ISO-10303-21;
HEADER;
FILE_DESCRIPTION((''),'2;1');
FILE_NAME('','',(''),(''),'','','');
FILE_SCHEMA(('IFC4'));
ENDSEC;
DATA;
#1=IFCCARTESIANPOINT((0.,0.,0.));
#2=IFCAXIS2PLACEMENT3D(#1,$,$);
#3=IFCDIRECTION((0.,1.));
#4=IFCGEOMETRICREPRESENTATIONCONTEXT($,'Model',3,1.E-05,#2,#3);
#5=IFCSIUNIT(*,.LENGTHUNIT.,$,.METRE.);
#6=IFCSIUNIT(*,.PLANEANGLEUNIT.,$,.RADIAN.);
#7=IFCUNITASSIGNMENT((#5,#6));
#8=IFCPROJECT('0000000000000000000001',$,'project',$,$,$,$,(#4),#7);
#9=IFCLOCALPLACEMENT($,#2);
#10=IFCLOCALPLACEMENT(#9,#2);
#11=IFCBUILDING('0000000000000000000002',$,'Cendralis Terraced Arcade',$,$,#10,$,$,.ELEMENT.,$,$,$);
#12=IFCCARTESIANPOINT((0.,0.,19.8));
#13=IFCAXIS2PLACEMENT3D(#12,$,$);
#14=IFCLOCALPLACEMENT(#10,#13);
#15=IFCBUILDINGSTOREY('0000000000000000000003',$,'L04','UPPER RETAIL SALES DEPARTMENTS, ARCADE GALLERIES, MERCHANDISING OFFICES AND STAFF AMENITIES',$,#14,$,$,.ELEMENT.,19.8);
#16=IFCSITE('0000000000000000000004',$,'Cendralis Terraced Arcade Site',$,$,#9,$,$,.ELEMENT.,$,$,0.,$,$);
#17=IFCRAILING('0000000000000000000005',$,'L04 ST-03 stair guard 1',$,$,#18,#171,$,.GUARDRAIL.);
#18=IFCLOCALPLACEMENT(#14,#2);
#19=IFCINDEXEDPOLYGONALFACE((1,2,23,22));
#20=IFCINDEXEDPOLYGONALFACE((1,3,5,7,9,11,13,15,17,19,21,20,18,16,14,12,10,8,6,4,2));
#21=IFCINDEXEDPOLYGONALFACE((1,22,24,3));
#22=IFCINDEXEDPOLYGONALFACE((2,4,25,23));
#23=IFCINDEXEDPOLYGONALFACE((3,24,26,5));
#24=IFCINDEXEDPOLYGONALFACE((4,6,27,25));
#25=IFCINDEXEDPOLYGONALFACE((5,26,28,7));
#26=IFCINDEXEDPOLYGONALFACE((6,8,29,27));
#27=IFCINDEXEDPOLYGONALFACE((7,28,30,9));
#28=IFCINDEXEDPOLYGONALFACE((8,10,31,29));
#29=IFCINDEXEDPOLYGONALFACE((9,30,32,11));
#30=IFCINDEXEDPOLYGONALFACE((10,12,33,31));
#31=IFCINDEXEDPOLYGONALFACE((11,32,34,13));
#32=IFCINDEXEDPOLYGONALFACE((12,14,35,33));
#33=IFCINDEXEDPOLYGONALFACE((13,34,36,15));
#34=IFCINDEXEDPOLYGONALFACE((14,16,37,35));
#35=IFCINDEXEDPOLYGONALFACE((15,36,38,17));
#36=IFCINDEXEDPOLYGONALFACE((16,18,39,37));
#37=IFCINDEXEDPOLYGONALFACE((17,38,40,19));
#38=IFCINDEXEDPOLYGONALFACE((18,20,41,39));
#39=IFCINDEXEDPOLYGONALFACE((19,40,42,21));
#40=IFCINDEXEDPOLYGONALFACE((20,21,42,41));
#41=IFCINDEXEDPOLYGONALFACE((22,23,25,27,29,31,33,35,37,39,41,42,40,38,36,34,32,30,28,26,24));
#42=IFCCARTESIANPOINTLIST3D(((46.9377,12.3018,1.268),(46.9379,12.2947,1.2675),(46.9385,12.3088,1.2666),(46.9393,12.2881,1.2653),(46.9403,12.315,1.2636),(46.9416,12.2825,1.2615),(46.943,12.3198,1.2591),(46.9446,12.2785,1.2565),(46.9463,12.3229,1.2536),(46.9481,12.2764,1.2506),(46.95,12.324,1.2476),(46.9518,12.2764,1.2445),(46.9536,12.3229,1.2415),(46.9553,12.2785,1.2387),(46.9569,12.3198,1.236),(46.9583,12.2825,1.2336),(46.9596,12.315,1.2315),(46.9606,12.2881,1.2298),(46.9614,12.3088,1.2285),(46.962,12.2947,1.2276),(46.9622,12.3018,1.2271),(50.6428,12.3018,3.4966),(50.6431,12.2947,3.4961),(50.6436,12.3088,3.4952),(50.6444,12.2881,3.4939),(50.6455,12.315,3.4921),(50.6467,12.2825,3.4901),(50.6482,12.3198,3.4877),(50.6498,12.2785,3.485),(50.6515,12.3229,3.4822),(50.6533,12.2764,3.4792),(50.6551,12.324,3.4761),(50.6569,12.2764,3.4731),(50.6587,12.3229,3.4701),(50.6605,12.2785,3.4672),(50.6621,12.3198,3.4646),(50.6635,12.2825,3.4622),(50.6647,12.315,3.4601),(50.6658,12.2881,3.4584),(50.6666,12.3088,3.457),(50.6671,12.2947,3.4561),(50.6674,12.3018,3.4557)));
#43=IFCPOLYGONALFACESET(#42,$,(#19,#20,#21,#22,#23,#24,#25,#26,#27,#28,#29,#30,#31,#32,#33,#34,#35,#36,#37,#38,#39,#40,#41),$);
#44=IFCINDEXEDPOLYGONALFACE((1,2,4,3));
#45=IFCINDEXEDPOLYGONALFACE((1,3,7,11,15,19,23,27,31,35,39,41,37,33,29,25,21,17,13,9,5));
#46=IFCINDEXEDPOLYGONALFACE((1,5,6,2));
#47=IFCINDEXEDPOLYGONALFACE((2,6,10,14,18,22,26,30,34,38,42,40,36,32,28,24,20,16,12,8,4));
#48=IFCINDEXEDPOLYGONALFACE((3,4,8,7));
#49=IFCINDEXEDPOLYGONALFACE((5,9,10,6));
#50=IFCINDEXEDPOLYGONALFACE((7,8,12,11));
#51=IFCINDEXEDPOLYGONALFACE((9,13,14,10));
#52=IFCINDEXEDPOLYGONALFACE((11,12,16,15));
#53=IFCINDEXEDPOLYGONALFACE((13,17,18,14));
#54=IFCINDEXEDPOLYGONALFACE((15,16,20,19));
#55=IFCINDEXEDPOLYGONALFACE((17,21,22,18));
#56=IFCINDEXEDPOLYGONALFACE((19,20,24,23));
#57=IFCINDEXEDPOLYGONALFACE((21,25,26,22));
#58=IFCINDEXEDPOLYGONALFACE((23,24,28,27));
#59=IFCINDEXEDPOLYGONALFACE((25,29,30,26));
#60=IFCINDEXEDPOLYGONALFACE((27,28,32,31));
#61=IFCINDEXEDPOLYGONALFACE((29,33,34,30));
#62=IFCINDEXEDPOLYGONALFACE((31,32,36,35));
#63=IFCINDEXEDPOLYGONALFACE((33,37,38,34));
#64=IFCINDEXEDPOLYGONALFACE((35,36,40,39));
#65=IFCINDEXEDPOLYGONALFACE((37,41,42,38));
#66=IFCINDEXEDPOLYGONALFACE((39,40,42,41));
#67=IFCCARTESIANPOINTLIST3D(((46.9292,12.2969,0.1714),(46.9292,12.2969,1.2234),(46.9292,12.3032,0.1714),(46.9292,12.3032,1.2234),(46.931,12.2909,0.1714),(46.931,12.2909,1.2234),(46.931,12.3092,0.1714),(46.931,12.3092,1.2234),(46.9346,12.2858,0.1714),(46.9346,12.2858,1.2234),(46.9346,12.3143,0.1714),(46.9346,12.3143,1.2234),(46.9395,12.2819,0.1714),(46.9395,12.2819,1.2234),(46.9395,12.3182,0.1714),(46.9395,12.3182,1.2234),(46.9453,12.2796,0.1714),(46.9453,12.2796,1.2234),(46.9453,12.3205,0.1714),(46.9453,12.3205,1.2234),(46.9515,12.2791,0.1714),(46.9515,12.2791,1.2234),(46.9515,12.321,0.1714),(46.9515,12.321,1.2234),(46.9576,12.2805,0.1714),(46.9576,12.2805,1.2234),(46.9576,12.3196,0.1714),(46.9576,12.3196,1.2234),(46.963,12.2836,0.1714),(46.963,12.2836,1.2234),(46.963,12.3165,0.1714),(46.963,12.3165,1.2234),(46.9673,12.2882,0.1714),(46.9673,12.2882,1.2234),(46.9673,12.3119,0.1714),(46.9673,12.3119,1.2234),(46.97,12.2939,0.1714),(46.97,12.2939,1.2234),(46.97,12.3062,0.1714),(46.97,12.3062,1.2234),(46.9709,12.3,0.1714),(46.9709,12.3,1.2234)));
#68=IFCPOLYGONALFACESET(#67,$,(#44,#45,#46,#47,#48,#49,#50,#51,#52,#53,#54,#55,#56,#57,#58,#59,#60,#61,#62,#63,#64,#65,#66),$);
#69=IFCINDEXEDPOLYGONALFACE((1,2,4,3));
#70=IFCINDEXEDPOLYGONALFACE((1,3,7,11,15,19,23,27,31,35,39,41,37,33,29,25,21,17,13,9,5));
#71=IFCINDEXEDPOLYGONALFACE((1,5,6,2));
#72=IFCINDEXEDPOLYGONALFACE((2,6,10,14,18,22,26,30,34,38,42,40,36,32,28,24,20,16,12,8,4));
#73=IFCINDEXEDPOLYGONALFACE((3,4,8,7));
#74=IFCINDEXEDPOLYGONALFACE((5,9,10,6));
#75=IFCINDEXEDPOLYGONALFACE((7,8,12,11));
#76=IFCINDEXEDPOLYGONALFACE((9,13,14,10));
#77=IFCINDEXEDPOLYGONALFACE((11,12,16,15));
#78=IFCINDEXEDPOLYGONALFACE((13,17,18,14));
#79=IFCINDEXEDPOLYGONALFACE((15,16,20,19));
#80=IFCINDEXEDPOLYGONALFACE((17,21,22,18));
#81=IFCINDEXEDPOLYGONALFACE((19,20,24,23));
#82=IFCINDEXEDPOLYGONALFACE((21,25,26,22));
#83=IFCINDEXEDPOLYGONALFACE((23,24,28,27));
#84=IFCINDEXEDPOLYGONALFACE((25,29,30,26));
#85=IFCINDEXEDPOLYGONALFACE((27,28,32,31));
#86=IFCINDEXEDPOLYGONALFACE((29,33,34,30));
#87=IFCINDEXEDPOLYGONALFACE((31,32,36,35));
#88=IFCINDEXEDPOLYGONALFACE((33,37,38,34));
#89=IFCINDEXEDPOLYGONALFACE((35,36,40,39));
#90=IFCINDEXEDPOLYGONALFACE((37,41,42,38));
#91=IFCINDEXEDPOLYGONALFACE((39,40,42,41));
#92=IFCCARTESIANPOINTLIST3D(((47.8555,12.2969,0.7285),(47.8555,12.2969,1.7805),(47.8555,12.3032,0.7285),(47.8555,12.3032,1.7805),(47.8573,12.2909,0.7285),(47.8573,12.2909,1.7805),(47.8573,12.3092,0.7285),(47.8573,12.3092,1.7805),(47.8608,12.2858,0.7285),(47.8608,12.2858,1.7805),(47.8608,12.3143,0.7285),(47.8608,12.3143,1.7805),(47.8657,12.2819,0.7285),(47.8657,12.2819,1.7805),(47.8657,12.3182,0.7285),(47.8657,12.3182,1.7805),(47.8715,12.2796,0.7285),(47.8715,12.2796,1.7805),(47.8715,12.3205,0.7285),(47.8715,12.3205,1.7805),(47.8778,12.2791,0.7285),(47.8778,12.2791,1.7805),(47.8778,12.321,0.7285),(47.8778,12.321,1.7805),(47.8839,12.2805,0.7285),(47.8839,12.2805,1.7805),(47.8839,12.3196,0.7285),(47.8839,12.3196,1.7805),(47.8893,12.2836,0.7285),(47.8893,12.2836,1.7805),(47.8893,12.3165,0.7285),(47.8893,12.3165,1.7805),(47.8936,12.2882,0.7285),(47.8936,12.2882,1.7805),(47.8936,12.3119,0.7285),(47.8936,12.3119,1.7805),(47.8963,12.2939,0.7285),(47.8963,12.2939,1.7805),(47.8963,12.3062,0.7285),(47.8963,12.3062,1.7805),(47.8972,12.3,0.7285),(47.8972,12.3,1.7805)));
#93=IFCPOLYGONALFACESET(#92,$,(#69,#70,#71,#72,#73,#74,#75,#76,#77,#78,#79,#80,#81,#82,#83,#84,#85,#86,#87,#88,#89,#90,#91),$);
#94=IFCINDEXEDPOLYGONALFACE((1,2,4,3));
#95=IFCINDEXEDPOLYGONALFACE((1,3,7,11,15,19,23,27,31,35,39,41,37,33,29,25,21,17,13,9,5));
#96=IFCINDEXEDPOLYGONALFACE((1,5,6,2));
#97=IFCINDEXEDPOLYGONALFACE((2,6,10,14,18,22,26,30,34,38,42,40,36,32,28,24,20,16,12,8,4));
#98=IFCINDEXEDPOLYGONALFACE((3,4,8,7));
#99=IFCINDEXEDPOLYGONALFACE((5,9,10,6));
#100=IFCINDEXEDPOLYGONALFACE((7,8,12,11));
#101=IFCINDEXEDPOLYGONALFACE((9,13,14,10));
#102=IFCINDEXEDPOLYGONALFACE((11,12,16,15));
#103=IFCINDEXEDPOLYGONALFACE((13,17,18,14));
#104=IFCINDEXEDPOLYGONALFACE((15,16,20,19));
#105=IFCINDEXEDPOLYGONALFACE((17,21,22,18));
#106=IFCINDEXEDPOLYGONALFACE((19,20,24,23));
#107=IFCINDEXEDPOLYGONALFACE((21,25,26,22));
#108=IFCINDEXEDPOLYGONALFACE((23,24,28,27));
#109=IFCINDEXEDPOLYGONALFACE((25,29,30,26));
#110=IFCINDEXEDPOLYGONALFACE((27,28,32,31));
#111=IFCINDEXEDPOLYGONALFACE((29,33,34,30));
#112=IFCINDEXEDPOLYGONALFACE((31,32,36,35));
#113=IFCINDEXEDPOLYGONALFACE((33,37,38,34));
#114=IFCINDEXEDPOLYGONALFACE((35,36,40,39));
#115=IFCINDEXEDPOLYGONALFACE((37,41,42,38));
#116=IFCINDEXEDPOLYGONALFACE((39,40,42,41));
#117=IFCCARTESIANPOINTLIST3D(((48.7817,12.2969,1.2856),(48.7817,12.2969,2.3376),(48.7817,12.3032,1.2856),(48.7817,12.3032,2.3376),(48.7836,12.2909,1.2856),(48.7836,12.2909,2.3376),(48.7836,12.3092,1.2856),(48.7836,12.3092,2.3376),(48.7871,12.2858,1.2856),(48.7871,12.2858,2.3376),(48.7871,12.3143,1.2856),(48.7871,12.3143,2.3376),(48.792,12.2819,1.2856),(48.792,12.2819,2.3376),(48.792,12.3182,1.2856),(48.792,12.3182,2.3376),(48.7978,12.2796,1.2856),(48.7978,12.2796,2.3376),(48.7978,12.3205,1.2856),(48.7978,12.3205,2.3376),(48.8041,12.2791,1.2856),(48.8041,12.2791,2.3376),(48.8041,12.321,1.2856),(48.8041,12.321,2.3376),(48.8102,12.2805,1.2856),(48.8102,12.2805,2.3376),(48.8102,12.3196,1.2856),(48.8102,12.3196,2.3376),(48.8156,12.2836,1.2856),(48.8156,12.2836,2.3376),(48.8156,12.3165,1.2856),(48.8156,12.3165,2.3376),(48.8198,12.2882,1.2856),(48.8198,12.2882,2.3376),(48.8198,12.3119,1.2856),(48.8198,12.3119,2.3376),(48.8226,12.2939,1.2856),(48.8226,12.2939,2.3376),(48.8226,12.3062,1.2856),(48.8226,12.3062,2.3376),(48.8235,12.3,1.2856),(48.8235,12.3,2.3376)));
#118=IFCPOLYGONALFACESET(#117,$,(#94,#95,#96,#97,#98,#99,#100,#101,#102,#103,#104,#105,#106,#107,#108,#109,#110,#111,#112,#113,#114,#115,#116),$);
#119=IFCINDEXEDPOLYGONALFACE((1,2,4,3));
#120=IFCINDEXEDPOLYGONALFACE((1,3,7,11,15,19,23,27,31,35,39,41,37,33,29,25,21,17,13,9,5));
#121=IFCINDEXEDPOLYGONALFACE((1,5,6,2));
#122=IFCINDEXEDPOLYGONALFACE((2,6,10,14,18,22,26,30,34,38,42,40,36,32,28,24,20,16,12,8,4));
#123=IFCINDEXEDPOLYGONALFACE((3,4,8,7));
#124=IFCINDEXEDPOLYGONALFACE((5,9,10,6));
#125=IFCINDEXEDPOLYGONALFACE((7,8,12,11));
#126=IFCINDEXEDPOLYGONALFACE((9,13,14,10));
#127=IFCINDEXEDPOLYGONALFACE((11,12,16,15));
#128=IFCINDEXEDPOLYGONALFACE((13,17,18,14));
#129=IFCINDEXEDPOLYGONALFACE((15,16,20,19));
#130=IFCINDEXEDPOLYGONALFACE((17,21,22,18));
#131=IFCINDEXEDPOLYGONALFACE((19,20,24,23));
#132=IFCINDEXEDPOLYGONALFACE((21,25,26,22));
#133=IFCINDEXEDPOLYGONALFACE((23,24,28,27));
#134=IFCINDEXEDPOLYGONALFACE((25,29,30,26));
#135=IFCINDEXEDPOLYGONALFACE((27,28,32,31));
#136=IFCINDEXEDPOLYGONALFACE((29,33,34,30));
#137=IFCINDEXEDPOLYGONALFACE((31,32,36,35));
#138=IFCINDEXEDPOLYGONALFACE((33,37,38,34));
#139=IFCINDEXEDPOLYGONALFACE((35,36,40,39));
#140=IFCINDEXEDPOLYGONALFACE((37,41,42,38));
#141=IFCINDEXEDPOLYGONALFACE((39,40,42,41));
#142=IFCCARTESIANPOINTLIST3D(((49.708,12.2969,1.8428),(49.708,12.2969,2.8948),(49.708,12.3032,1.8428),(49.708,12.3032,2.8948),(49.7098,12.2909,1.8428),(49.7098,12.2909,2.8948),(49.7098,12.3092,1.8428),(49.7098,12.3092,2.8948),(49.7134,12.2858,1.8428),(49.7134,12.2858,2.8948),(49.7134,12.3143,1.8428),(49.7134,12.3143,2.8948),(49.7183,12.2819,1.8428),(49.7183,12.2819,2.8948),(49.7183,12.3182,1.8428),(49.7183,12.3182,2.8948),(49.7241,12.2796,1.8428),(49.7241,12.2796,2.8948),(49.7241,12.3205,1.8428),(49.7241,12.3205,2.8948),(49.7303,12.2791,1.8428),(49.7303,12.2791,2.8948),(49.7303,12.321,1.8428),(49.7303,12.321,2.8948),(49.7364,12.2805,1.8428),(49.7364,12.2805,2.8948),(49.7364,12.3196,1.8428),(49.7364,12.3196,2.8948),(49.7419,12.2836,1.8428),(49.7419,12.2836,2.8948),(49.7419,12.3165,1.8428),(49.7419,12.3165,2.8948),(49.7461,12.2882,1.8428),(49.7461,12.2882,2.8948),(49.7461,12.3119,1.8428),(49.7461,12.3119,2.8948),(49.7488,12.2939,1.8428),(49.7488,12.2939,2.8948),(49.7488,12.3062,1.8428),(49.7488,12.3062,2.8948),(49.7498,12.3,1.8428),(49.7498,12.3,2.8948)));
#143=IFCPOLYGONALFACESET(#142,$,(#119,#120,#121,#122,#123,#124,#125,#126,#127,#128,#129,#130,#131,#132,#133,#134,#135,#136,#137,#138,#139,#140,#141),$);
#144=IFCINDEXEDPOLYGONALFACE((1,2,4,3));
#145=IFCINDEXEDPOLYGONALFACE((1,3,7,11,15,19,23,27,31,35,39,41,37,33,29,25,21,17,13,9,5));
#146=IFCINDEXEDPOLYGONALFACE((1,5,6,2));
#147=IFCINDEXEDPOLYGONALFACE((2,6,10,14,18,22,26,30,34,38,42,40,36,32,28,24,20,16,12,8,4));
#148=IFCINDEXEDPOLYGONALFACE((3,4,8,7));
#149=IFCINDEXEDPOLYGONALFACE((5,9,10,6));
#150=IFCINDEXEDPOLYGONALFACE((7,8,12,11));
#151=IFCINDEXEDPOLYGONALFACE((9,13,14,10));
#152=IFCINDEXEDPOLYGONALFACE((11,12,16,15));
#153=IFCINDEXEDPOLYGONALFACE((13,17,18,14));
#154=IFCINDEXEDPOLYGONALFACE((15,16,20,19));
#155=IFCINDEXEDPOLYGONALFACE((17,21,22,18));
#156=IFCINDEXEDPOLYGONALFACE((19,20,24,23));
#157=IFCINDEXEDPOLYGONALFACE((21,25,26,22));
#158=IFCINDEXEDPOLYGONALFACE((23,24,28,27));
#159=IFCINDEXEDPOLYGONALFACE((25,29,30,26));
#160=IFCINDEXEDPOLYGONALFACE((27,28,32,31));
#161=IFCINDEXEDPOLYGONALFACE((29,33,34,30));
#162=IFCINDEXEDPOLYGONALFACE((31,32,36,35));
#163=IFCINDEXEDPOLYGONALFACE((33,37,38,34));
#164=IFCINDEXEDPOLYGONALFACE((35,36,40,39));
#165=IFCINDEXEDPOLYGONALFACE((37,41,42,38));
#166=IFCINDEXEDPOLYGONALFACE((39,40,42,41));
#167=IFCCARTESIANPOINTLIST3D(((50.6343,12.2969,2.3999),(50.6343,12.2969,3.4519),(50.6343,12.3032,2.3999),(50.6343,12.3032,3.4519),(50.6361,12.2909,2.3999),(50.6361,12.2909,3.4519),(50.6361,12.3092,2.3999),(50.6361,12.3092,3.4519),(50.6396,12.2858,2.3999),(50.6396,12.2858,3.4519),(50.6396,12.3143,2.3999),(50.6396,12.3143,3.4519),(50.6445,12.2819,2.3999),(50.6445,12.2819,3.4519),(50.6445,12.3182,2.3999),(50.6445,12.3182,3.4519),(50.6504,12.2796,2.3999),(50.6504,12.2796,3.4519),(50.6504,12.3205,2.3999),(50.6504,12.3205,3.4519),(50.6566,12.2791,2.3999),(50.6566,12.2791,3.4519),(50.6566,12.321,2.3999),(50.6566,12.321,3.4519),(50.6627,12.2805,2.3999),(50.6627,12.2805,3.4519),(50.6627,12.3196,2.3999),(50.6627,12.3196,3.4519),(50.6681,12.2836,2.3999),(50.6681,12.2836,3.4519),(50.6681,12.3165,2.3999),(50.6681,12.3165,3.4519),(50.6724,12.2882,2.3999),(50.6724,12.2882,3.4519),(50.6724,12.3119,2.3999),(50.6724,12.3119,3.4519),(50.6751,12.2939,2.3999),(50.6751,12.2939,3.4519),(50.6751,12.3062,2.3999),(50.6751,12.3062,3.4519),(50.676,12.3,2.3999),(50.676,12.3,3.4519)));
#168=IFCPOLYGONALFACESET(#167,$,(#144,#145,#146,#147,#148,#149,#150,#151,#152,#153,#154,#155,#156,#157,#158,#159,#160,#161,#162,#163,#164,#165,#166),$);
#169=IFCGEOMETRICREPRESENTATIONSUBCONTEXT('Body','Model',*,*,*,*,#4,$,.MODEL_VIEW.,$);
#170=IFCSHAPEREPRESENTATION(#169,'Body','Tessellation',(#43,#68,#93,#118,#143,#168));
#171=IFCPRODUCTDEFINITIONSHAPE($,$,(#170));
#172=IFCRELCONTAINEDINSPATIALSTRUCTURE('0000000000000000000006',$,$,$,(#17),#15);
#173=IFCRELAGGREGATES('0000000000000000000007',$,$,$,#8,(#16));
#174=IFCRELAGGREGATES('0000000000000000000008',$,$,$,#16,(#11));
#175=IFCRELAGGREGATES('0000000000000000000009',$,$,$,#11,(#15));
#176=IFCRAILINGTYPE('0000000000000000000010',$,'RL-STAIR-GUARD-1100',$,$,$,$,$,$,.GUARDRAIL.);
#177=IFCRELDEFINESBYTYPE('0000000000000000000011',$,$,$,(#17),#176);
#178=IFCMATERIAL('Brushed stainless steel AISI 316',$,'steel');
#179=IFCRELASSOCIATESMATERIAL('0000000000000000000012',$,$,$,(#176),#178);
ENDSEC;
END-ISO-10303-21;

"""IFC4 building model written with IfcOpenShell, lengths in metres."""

from ifc_helpers import new_model, si_unit, direction, frame, origin, origin_2d, place, context, subcontext, project, spatial, circle, extrude, material, type_object, element, save


model = new_model("IFC4")

# Units and contexts
model_context = context("Model", 3, precision=1e-05, world=origin(), true_north=direction((0.0, 1.0)))
body_context = subcontext(model_context, "Body", "Model", "MODEL_VIEW")
ifc_project = project(units=[si_unit("LENGTHUNIT", "METRE"), si_unit("PLANEANGLEUNIT", "RADIAN")], contexts=[model_context])

# Site, building, storey
site_placement = place(None, origin())
site = spatial("IfcSite", under=ifc_project, at=site_placement, Name="Cendralis Terraced Arcade Site", CompositionType="ELEMENT", RefElevation=0.0)
building_placement = place(site_placement, origin())
building = spatial("IfcBuilding", under=site, at=building_placement, Name="Cendralis Terraced Arcade", CompositionType="ELEMENT")
storey_placement = place(building_placement, frame((0.0, 0.0, 19.8)))
storey = spatial("IfcBuildingStorey", under=building, at=storey_placement, Name="L04", Description="UPPER RETAIL SALES DEPARTMENTS, ARCADE GALLERIES, MERCHANDISING OFFICES AND STAFF AMENITIES", CompositionType="ELEMENT", Elevation=19.8)

# Railing
ifc_material_1 = material(Name="Brushed stainless steel AISI 316", Category="steel")
railing_type_1 = type_object("IfcRailingType", Name="RL-STAIR-GUARD-1100", PredefinedType="GUARDRAIL", material=ifc_material_1)
railing_1_placement = place(storey_placement, frame((46.95, 12.3, 0.1714)))
element("IfcRailing", 1, at=railing_1_placement, inside=storey, type_object=railing_type_1, Name="L04 ST-03 stair guard 1", PredefinedType="GUARDRAIL", context=body_context, shape_type="SweptSolid", body=[
    extrude(circle(Radius=0.0239, at=origin_2d()), frame((0.0, 0.0, 1.0762), z_axis=(0.856934, 0.0, 0.515425), x_axis=(0.0, 1.0, 0.0)), (0.0, 0.0, 1.0), 4.3237),
    extrude(circle(Radius=0.021, at=origin_2d()), origin(), (0.0, 0.0, 1.0), 1.052),
    extrude(circle(Radius=0.021, at=origin_2d()), frame((0.9263, 0.0, 0.5571)), (0.0, 0.0, 1.0), 1.052),
    extrude(circle(Radius=0.021, at=origin_2d()), frame((1.8525, 0.0, 1.1143)), (0.0, 0.0, 1.0), 1.052),
    extrude(circle(Radius=0.021, at=origin_2d()), frame((2.7788, 0.0, 1.6714)), (0.0, 0.0, 1.0), 1.052),
    extrude(circle(Radius=0.021, at=origin_2d()), frame((3.7051, 0.0, 2.2285)), (0.0, 0.0, 1.0), 1.052),
])

save(model, "model.ifc")
